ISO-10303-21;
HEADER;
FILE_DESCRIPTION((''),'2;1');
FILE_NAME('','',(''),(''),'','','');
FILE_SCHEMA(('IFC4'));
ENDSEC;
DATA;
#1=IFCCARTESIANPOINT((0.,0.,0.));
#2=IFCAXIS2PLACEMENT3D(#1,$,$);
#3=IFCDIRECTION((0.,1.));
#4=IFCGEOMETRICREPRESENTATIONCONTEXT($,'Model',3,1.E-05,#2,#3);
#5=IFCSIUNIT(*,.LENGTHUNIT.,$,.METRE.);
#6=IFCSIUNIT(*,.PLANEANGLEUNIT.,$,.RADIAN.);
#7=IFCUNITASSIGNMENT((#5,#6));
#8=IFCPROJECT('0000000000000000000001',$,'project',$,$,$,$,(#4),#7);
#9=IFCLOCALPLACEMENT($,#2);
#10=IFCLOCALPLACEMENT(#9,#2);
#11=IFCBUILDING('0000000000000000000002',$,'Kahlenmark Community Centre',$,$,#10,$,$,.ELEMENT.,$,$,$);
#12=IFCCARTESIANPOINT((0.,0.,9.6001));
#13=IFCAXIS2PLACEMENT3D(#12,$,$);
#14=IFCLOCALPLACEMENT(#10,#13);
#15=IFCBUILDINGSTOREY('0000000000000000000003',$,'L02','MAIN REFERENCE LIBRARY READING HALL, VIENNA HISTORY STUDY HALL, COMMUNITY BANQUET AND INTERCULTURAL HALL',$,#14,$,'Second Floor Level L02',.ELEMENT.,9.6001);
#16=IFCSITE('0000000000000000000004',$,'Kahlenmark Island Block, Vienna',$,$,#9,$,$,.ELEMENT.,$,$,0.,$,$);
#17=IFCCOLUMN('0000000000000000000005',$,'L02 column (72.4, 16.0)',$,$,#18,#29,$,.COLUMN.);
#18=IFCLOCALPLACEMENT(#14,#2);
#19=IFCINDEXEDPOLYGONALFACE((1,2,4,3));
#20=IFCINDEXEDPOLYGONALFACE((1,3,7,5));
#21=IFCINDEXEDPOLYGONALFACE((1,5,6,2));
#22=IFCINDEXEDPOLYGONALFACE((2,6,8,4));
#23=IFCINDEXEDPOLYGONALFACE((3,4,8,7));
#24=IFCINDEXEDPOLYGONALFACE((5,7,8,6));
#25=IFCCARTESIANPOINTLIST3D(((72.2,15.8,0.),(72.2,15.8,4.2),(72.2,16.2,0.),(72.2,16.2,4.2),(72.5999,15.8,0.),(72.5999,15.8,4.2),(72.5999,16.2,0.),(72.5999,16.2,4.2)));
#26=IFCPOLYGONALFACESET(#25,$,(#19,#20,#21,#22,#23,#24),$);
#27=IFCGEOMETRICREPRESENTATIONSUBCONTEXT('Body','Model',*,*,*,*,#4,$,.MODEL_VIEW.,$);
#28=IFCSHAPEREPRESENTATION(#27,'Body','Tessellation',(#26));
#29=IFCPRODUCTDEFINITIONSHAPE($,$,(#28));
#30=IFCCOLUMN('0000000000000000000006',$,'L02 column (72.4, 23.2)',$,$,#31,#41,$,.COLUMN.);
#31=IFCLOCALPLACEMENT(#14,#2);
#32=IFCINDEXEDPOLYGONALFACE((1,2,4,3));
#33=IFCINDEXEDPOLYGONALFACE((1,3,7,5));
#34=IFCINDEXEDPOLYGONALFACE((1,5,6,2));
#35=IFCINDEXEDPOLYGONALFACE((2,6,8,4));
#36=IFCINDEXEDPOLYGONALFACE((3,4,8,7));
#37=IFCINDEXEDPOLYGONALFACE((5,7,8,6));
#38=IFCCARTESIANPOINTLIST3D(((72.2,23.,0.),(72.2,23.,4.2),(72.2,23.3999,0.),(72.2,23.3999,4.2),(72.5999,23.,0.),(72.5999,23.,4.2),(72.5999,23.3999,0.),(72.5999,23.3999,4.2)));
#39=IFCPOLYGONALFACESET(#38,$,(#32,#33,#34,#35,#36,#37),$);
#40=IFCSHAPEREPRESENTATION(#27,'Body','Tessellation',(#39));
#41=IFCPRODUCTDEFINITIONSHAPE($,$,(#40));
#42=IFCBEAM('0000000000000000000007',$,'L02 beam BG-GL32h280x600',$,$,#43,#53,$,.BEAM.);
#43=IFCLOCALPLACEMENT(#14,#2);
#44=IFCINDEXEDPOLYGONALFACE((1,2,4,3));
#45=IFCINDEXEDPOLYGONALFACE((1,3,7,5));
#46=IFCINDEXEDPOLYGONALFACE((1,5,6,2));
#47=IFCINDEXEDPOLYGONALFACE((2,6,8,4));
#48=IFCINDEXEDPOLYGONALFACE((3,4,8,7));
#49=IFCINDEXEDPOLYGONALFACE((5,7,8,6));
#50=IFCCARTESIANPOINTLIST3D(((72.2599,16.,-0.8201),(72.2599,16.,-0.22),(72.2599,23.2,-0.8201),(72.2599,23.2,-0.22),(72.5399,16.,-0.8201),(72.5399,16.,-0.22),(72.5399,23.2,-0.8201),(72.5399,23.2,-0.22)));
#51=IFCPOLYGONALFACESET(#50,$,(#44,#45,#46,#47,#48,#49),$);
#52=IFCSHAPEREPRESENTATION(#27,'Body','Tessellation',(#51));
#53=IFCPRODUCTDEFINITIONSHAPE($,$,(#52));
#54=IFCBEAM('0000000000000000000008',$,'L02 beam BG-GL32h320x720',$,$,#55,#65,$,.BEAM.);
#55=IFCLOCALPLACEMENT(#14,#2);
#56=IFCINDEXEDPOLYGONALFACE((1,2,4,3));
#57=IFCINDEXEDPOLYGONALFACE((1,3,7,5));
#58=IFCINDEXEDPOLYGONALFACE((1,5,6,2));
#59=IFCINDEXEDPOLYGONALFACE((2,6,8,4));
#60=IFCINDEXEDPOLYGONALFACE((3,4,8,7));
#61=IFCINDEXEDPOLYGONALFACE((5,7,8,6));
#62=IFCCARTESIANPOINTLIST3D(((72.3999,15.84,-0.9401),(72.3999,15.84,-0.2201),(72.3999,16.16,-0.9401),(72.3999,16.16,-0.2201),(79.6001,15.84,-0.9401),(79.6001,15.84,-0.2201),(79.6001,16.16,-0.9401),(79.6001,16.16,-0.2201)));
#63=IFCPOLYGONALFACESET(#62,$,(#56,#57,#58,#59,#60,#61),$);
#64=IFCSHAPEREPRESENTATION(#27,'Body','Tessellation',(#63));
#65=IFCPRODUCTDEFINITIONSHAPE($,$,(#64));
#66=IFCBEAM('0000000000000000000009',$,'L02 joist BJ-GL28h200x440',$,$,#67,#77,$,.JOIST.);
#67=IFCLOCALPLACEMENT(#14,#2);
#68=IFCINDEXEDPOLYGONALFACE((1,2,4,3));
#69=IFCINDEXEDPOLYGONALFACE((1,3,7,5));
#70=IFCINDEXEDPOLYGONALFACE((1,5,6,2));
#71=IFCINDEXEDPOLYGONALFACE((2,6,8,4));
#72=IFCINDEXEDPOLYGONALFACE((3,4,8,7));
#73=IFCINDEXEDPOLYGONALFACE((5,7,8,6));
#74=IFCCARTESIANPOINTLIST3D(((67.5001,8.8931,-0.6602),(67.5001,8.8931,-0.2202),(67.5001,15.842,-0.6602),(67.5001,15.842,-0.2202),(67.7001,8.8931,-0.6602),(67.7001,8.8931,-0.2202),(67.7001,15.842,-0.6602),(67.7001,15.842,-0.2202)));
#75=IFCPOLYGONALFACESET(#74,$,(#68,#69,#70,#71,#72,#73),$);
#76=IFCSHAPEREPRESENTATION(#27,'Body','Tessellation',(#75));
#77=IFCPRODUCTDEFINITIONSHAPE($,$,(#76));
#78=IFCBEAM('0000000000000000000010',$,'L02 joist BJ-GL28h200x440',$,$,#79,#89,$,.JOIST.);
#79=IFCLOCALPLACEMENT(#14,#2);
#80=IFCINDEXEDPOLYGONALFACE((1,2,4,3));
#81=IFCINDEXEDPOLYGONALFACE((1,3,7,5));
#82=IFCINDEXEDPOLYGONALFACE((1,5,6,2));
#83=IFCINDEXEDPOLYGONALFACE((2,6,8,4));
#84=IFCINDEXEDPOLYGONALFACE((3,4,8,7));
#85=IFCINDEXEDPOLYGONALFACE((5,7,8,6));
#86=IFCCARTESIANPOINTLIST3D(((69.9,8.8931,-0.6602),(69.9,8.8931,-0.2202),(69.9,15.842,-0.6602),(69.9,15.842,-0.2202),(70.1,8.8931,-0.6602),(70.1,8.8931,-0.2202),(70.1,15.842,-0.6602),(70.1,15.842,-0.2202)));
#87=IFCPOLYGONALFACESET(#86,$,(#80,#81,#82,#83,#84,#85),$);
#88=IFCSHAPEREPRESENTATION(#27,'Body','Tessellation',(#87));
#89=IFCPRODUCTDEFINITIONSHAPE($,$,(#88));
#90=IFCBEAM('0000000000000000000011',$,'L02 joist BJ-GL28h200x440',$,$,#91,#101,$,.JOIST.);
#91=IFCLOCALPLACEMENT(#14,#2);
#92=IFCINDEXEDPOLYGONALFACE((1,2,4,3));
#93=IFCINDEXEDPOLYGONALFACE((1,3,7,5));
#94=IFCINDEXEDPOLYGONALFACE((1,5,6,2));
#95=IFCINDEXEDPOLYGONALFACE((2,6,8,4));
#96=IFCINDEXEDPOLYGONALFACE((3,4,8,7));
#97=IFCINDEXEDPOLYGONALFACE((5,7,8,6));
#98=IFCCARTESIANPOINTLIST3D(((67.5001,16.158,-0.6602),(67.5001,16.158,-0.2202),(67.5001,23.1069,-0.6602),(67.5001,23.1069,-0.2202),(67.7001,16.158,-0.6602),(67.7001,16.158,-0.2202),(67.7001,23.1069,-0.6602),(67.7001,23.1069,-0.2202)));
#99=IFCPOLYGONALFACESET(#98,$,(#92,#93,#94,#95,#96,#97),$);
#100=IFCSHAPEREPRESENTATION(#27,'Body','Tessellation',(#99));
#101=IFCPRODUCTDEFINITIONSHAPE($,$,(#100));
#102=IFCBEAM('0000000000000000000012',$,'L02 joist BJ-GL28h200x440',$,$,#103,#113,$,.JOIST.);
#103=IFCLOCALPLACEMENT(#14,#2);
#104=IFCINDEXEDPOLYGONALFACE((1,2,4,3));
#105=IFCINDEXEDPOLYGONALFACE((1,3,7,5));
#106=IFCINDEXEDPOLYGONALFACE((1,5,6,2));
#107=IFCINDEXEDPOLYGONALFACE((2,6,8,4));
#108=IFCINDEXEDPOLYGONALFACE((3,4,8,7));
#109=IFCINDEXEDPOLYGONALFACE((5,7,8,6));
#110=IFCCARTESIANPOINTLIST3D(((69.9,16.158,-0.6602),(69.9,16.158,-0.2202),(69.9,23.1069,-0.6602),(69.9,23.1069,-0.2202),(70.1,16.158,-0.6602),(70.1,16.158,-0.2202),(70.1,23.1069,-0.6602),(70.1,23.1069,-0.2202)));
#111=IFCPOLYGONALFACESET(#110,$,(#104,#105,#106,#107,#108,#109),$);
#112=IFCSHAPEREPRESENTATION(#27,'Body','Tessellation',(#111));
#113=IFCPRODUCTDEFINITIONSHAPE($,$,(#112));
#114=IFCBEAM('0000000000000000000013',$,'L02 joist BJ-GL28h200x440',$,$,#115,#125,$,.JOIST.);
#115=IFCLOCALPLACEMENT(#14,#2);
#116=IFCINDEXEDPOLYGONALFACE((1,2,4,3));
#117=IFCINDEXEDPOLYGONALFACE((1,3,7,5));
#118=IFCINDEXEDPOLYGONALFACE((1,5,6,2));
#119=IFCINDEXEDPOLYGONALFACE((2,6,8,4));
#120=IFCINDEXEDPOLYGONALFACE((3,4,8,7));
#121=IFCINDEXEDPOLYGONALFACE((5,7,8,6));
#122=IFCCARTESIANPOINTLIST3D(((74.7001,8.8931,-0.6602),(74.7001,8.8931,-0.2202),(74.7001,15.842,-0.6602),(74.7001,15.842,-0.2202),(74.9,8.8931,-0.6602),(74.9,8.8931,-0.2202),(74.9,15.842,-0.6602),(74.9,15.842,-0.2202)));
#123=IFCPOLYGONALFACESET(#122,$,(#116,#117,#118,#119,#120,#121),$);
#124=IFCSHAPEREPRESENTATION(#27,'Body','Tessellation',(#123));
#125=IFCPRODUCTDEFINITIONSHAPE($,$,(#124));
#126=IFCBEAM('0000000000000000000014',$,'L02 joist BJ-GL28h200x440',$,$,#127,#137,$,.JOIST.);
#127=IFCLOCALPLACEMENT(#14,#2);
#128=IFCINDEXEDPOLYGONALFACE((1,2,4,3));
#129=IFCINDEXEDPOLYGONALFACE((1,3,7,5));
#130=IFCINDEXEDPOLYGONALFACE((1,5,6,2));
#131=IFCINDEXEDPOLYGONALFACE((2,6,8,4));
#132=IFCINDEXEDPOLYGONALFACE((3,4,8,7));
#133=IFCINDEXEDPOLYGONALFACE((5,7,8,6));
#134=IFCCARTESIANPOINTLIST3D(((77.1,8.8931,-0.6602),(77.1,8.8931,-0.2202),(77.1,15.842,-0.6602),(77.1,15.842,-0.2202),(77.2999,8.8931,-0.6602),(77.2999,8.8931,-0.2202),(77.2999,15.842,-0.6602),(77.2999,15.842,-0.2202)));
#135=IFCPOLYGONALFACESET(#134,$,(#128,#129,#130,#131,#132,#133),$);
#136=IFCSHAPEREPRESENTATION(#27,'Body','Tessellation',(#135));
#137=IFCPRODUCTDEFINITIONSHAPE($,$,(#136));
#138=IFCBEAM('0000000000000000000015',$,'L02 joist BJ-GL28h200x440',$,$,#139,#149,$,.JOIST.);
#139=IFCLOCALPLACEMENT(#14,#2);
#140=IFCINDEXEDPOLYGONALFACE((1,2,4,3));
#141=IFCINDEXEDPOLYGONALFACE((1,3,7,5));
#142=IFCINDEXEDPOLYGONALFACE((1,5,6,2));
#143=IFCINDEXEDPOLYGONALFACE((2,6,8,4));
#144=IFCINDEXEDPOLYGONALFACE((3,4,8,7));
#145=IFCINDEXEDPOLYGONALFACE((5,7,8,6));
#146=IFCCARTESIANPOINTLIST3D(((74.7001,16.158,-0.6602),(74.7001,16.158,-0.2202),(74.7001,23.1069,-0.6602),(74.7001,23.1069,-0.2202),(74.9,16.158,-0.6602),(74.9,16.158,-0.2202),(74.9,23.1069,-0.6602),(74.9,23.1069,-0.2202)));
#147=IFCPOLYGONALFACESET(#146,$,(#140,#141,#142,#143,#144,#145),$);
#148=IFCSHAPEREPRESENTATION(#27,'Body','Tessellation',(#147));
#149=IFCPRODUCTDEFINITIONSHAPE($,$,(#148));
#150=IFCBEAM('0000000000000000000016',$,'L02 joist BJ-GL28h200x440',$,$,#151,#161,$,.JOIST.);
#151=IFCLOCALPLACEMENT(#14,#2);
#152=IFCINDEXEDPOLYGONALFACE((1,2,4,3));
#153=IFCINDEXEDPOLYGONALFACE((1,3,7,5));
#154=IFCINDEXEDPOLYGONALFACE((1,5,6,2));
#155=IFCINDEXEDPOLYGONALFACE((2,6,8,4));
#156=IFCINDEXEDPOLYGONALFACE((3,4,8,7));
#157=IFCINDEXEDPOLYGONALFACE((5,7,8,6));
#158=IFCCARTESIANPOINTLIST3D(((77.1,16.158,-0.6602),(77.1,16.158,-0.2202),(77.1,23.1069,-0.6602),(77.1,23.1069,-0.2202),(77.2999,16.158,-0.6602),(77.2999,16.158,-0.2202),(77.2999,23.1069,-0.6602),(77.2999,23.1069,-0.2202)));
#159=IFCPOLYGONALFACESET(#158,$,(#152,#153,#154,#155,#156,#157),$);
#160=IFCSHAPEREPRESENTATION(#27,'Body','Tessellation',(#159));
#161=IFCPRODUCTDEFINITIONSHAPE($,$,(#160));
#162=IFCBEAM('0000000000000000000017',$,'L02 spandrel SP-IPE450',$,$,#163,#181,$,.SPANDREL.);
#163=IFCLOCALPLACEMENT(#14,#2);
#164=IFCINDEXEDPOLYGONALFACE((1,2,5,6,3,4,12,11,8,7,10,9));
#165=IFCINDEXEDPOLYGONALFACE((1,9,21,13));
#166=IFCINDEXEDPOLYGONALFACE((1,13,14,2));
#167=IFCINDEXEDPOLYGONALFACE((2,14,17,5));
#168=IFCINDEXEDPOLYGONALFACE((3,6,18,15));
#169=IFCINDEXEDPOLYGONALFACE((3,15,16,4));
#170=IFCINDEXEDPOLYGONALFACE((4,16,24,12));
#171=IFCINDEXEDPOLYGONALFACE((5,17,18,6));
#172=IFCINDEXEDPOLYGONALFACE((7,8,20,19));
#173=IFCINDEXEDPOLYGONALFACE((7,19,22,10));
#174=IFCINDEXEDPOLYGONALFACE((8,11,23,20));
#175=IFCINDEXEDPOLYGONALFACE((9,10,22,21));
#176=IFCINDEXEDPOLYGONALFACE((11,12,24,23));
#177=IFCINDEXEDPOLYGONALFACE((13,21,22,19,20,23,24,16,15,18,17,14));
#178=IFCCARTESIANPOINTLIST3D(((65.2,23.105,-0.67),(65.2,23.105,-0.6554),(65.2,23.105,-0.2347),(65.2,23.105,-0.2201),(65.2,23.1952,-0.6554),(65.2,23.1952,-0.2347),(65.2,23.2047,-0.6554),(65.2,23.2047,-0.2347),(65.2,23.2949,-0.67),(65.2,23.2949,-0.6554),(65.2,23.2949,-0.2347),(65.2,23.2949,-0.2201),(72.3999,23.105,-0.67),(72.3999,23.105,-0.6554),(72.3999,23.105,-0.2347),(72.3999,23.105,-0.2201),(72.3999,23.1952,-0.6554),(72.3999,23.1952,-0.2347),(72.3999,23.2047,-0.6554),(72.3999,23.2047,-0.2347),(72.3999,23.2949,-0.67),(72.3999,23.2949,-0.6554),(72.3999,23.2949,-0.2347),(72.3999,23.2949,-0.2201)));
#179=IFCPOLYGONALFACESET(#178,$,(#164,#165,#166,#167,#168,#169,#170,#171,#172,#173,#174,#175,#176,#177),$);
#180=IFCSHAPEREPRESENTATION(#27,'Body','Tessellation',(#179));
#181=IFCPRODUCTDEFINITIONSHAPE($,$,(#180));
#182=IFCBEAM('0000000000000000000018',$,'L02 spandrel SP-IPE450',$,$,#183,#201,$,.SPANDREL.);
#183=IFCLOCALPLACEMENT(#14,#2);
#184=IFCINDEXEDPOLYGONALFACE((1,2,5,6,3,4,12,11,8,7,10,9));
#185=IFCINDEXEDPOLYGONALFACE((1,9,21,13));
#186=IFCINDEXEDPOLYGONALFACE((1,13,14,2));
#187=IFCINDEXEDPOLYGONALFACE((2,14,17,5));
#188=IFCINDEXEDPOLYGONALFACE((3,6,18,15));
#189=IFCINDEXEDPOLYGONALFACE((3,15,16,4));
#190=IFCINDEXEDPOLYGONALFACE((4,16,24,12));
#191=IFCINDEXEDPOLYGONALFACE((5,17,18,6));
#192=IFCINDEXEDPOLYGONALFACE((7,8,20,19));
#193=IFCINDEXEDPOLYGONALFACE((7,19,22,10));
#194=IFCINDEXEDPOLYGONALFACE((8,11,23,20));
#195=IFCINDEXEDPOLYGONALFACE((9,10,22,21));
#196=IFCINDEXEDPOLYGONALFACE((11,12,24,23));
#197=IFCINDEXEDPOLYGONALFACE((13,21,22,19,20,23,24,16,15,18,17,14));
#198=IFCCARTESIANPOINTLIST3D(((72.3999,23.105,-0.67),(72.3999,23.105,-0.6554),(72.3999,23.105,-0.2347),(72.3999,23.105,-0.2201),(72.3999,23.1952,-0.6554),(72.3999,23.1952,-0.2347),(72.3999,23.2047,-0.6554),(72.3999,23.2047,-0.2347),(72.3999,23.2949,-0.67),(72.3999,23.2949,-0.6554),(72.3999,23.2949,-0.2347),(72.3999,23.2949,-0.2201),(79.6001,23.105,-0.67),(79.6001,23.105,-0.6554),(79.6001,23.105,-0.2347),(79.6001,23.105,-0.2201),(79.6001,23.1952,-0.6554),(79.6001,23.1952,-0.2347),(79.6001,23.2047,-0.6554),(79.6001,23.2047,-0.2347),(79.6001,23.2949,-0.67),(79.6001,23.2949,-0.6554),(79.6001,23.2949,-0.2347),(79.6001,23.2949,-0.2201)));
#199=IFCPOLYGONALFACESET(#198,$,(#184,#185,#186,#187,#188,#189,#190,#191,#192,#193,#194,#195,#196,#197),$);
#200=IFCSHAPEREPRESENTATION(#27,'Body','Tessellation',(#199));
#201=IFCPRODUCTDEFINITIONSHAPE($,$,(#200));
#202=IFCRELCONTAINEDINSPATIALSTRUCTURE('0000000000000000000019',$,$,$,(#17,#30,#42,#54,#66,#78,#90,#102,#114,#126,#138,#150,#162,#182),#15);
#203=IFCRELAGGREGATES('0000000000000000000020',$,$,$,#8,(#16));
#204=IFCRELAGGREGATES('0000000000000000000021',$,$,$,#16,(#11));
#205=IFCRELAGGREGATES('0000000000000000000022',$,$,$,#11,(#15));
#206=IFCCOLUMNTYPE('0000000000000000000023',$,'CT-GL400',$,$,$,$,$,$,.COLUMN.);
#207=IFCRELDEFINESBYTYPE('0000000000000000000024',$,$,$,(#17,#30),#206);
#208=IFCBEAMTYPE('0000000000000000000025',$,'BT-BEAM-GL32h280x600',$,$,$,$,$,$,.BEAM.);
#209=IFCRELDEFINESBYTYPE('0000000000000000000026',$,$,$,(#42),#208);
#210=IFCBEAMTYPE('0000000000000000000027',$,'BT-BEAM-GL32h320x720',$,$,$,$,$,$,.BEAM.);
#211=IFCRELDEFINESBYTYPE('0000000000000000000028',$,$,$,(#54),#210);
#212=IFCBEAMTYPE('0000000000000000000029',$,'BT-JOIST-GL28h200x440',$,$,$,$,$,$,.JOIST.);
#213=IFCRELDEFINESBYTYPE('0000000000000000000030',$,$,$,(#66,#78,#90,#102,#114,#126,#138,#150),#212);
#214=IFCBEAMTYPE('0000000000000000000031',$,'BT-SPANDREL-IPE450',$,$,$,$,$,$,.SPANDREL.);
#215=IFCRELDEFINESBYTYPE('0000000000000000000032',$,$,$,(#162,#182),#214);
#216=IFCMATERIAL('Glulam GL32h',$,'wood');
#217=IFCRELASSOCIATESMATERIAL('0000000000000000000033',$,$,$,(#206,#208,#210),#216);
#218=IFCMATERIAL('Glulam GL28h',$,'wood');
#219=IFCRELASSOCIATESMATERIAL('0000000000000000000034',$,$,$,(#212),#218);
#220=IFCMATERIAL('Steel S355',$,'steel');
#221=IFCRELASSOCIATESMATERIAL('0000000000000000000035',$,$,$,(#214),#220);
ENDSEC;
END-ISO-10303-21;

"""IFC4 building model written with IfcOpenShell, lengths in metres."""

from ifc_helpers import new_model, si_unit, direction, frame, origin, origin_2d, place, context, subcontext, project, spatial, rectangle, i_section, extrude, material, material_profile, profile_set, type_object, element, save


model = new_model("IFC4")

# Units and contexts
model_context = context("Model", 3, precision=1e-05, world=origin(), true_north=direction((0.0, 1.0)))
body_context = subcontext(model_context, "Body", "Model", "MODEL_VIEW")
ifc_project = project(units=[si_unit("LENGTHUNIT", "METRE"), si_unit("PLANEANGLEUNIT", "RADIAN")], contexts=[model_context])

# Site, building, storey
site_placement = place(None, origin())
site = spatial("IfcSite", under=ifc_project, at=site_placement, Name="Kahlenmark Island Block, Vienna", CompositionType="ELEMENT", RefElevation=0.0)
building_placement = place(site_placement, origin())
building = spatial("IfcBuilding", under=site, at=building_placement, Name="Kahlenmark Community Centre", CompositionType="ELEMENT")
storey_placement = place(building_placement, frame((0.0, 0.0, 9.6001)))
storey = spatial("IfcBuildingStorey", under=building, at=storey_placement, Name="L02", Description="MAIN REFERENCE LIBRARY READING HALL, VIENNA HISTORY STUDY HALL, COMMUNITY BANQUET AND INTERCULTURAL HALL", LongName="Second Floor Level L02", CompositionType="ELEMENT", Elevation=9.6001)

# Columns
ifc_material_1 = material(Name="Glulam GL32h", Category="wood")
ifc_material_profile_1 = material_profile(ifc_material_1, rectangle(XDim=0.3999, YDim=0.3999, at=origin_2d()), Name="GL32h 400x400")
ifc_profile_set_1 = profile_set([ifc_material_profile_1], Name="Glulam GL32h")
column_type = type_object("IfcColumnType", Name="CT-GL400", PredefinedType="COLUMN", material=ifc_profile_set_1)
for number, where, z_axis, x_axis, name in (
    (1, (72.3999, 16.0, 0.0), (0.0, 0.0, 1.0), (1.0, 0.0, 0.0), "L02 column (72.4, 16.0)"),
    (2, (72.3999, 23.2, 0.0), (0.0, 0.0, 1.0), (1.0, 0.0, 0.0), "L02 column (72.4, 23.2)"),
):
    element("IfcColumn", number, at=place(storey_placement, frame(where, z_axis=z_axis, x_axis=x_axis)), inside=storey, type_object=column_type, Name=name, PredefinedType="COLUMN", context=body_context, shape_type="SweptSolid", body=[
        extrude(rectangle(XDim=0.3999, YDim=0.3999, at=origin_2d()), origin(), (0.0, 0.0, 1.0), 4.2),
    ])

# Beams
ifc_material_profile_2 = material_profile(ifc_material_1, rectangle(XDim=0.28, YDim=0.6001, at=origin_2d()), Name="GL32h 280x600")
ifc_profile_set_2 = profile_set([ifc_material_profile_2], Name="Glulam GL32h")
beam_type_1 = type_object("IfcBeamType", Name="BT-BEAM-GL32h280x600", PredefinedType="BEAM", material=ifc_profile_set_2)
beam_1_placement = place(storey_placement, frame((72.3999, 16.0, -0.52), z_axis=(0.0, 1.0, 0.0), x_axis=(-1.0, 0.0, 0.0)))
element("IfcBeam", 3, at=beam_1_placement, inside=storey, type_object=beam_type_1, Name="L02 beam BG-GL32h280x600", PredefinedType="BEAM", context=body_context, shape_type="SweptSolid", body=[
    extrude(rectangle(XDim=0.28, YDim=0.6001, at=origin_2d()), origin(), (0.0, 0.0, 1.0), 7.2),
])
ifc_material_profile_3 = material_profile(ifc_material_1, rectangle(XDim=0.3201, YDim=0.72, at=origin_2d()), Name="GL32h 320x720")
ifc_profile_set_3 = profile_set([ifc_material_profile_3], Name="Glulam GL32h")
beam_type_2 = type_object("IfcBeamType", Name="BT-BEAM-GL32h320x720", PredefinedType="BEAM", material=ifc_profile_set_3)
beam_2_placement = place(storey_placement, frame((72.3999, 16.0, -0.5801), z_axis=(1.0, 0.0, 0.0), x_axis=(0.0, 1.0, 0.0)))
element("IfcBeam", 4, at=beam_2_placement, inside=storey, type_object=beam_type_2, Name="L02 beam BG-GL32h320x720", PredefinedType="BEAM", context=body_context, shape_type="SweptSolid", body=[
    extrude(rectangle(XDim=0.3201, YDim=0.72, at=origin_2d()), origin(), (0.0, 0.0, 1.0), 7.2002),
])
ifc_material_2 = material(Name="Glulam GL28h", Category="wood")
ifc_material_profile_4 = material_profile(ifc_material_2, rectangle(XDim=0.2, YDim=0.4399, at=origin_2d()), Name="GL28h 200x440")
ifc_profile_set_4 = profile_set([ifc_material_profile_4], Name="Glulam GL28h")
beam_type_3 = type_object("IfcBeamType", Name="BT-JOIST-GL28h200x440", PredefinedType="JOIST", material=ifc_profile_set_4)
for number, where, z_axis, x_axis, name in (
    (5, (67.6001, 8.8931, -0.4402), (0.0, 1.0, 0.0), (-1.0, 0.0, 0.0), "L02 joist BJ-GL28h200x440"),
    (6, (70.0, 8.8931, -0.4402), (0.0, 1.0, 0.0), (-1.0, 0.0, 0.0), "L02 joist BJ-GL28h200x440"),
    (7, (67.6001, 16.158, -0.4402), (0.0, 1.0, 0.0), (-1.0, 0.0, 0.0), "L02 joist BJ-GL28h200x440"),
    (8, (70.0, 16.158, -0.4402), (0.0, 1.0, 0.0), (-1.0, 0.0, 0.0), "L02 joist BJ-GL28h200x440"),
    (9, (74.8, 8.8931, -0.4402), (0.0, 1.0, 0.0), (-1.0, 0.0, 0.0), "L02 joist BJ-GL28h200x440"),
    (10, (77.2, 8.8931, -0.4402), (0.0, 1.0, 0.0), (-1.0, 0.0, 0.0), "L02 joist BJ-GL28h200x440"),
    (11, (74.8, 16.158, -0.4402), (0.0, 1.0, 0.0), (-1.0, 0.0, 0.0), "L02 joist BJ-GL28h200x440"),
    (12, (77.2, 16.158, -0.4402), (0.0, 1.0, 0.0), (-1.0, 0.0, 0.0), "L02 joist BJ-GL28h200x440"),
):
    element("IfcBeam", number, at=place(storey_placement, frame(where, z_axis=z_axis, x_axis=x_axis)), inside=storey, type_object=beam_type_3, Name=name, PredefinedType="JOIST", context=body_context, shape_type="SweptSolid", body=[
        extrude(rectangle(XDim=0.2, YDim=0.4399, at=origin_2d()), origin(), (0.0, 0.0, 1.0), 6.949),
    ])
ifc_material_3 = material(Name="Steel S355", Category="steel")
ifc_material_profile_5 = material_profile(ifc_material_3, i_section(OverallWidth=0.1899, OverallDepth=0.45, WebThickness=0.0095, FlangeThickness=0.0146, at=origin_2d()), Name="IPE 450")
ifc_profile_set_5 = profile_set([ifc_material_profile_5], Name="Steel S355")
beam_type_4 = type_object("IfcBeamType", Name="BT-SPANDREL-IPE450", PredefinedType="SPANDREL", material=ifc_profile_set_5)
beam_3_placement = place(storey_placement, frame((65.2, 23.2, -0.4451), z_axis=(1.0, 0.0, 0.0), x_axis=(0.0, 1.0, 0.0)))
element("IfcBeam", 13, at=beam_3_placement, inside=storey, type_object=beam_type_4, Name="L02 spandrel SP-IPE450", PredefinedType="SPANDREL", context=body_context, shape_type="SweptSolid", body=[
    extrude(i_section(OverallWidth=0.1899, OverallDepth=0.45, WebThickness=0.0095, FlangeThickness=0.0146, at=origin_2d()), origin(), (0.0, 0.0, 1.0), 7.2),
])
beam_4_placement = place(storey_placement, frame((72.3999, 23.2, -0.4451), z_axis=(1.0, 0.0, 0.0), x_axis=(0.0, 1.0, 0.0)))
element("IfcBeam", 14, at=beam_4_placement, inside=storey, type_object=beam_type_4, Name="L02 spandrel SP-IPE450", PredefinedType="SPANDREL", context=body_context, shape_type="SweptSolid", body=[
    extrude(i_section(OverallWidth=0.1899, OverallDepth=0.45, WebThickness=0.0095, FlangeThickness=0.0146, at=origin_2d()), origin(), (0.0, 0.0, 1.0), 7.2002),
])

save(model, "model.ifc")
